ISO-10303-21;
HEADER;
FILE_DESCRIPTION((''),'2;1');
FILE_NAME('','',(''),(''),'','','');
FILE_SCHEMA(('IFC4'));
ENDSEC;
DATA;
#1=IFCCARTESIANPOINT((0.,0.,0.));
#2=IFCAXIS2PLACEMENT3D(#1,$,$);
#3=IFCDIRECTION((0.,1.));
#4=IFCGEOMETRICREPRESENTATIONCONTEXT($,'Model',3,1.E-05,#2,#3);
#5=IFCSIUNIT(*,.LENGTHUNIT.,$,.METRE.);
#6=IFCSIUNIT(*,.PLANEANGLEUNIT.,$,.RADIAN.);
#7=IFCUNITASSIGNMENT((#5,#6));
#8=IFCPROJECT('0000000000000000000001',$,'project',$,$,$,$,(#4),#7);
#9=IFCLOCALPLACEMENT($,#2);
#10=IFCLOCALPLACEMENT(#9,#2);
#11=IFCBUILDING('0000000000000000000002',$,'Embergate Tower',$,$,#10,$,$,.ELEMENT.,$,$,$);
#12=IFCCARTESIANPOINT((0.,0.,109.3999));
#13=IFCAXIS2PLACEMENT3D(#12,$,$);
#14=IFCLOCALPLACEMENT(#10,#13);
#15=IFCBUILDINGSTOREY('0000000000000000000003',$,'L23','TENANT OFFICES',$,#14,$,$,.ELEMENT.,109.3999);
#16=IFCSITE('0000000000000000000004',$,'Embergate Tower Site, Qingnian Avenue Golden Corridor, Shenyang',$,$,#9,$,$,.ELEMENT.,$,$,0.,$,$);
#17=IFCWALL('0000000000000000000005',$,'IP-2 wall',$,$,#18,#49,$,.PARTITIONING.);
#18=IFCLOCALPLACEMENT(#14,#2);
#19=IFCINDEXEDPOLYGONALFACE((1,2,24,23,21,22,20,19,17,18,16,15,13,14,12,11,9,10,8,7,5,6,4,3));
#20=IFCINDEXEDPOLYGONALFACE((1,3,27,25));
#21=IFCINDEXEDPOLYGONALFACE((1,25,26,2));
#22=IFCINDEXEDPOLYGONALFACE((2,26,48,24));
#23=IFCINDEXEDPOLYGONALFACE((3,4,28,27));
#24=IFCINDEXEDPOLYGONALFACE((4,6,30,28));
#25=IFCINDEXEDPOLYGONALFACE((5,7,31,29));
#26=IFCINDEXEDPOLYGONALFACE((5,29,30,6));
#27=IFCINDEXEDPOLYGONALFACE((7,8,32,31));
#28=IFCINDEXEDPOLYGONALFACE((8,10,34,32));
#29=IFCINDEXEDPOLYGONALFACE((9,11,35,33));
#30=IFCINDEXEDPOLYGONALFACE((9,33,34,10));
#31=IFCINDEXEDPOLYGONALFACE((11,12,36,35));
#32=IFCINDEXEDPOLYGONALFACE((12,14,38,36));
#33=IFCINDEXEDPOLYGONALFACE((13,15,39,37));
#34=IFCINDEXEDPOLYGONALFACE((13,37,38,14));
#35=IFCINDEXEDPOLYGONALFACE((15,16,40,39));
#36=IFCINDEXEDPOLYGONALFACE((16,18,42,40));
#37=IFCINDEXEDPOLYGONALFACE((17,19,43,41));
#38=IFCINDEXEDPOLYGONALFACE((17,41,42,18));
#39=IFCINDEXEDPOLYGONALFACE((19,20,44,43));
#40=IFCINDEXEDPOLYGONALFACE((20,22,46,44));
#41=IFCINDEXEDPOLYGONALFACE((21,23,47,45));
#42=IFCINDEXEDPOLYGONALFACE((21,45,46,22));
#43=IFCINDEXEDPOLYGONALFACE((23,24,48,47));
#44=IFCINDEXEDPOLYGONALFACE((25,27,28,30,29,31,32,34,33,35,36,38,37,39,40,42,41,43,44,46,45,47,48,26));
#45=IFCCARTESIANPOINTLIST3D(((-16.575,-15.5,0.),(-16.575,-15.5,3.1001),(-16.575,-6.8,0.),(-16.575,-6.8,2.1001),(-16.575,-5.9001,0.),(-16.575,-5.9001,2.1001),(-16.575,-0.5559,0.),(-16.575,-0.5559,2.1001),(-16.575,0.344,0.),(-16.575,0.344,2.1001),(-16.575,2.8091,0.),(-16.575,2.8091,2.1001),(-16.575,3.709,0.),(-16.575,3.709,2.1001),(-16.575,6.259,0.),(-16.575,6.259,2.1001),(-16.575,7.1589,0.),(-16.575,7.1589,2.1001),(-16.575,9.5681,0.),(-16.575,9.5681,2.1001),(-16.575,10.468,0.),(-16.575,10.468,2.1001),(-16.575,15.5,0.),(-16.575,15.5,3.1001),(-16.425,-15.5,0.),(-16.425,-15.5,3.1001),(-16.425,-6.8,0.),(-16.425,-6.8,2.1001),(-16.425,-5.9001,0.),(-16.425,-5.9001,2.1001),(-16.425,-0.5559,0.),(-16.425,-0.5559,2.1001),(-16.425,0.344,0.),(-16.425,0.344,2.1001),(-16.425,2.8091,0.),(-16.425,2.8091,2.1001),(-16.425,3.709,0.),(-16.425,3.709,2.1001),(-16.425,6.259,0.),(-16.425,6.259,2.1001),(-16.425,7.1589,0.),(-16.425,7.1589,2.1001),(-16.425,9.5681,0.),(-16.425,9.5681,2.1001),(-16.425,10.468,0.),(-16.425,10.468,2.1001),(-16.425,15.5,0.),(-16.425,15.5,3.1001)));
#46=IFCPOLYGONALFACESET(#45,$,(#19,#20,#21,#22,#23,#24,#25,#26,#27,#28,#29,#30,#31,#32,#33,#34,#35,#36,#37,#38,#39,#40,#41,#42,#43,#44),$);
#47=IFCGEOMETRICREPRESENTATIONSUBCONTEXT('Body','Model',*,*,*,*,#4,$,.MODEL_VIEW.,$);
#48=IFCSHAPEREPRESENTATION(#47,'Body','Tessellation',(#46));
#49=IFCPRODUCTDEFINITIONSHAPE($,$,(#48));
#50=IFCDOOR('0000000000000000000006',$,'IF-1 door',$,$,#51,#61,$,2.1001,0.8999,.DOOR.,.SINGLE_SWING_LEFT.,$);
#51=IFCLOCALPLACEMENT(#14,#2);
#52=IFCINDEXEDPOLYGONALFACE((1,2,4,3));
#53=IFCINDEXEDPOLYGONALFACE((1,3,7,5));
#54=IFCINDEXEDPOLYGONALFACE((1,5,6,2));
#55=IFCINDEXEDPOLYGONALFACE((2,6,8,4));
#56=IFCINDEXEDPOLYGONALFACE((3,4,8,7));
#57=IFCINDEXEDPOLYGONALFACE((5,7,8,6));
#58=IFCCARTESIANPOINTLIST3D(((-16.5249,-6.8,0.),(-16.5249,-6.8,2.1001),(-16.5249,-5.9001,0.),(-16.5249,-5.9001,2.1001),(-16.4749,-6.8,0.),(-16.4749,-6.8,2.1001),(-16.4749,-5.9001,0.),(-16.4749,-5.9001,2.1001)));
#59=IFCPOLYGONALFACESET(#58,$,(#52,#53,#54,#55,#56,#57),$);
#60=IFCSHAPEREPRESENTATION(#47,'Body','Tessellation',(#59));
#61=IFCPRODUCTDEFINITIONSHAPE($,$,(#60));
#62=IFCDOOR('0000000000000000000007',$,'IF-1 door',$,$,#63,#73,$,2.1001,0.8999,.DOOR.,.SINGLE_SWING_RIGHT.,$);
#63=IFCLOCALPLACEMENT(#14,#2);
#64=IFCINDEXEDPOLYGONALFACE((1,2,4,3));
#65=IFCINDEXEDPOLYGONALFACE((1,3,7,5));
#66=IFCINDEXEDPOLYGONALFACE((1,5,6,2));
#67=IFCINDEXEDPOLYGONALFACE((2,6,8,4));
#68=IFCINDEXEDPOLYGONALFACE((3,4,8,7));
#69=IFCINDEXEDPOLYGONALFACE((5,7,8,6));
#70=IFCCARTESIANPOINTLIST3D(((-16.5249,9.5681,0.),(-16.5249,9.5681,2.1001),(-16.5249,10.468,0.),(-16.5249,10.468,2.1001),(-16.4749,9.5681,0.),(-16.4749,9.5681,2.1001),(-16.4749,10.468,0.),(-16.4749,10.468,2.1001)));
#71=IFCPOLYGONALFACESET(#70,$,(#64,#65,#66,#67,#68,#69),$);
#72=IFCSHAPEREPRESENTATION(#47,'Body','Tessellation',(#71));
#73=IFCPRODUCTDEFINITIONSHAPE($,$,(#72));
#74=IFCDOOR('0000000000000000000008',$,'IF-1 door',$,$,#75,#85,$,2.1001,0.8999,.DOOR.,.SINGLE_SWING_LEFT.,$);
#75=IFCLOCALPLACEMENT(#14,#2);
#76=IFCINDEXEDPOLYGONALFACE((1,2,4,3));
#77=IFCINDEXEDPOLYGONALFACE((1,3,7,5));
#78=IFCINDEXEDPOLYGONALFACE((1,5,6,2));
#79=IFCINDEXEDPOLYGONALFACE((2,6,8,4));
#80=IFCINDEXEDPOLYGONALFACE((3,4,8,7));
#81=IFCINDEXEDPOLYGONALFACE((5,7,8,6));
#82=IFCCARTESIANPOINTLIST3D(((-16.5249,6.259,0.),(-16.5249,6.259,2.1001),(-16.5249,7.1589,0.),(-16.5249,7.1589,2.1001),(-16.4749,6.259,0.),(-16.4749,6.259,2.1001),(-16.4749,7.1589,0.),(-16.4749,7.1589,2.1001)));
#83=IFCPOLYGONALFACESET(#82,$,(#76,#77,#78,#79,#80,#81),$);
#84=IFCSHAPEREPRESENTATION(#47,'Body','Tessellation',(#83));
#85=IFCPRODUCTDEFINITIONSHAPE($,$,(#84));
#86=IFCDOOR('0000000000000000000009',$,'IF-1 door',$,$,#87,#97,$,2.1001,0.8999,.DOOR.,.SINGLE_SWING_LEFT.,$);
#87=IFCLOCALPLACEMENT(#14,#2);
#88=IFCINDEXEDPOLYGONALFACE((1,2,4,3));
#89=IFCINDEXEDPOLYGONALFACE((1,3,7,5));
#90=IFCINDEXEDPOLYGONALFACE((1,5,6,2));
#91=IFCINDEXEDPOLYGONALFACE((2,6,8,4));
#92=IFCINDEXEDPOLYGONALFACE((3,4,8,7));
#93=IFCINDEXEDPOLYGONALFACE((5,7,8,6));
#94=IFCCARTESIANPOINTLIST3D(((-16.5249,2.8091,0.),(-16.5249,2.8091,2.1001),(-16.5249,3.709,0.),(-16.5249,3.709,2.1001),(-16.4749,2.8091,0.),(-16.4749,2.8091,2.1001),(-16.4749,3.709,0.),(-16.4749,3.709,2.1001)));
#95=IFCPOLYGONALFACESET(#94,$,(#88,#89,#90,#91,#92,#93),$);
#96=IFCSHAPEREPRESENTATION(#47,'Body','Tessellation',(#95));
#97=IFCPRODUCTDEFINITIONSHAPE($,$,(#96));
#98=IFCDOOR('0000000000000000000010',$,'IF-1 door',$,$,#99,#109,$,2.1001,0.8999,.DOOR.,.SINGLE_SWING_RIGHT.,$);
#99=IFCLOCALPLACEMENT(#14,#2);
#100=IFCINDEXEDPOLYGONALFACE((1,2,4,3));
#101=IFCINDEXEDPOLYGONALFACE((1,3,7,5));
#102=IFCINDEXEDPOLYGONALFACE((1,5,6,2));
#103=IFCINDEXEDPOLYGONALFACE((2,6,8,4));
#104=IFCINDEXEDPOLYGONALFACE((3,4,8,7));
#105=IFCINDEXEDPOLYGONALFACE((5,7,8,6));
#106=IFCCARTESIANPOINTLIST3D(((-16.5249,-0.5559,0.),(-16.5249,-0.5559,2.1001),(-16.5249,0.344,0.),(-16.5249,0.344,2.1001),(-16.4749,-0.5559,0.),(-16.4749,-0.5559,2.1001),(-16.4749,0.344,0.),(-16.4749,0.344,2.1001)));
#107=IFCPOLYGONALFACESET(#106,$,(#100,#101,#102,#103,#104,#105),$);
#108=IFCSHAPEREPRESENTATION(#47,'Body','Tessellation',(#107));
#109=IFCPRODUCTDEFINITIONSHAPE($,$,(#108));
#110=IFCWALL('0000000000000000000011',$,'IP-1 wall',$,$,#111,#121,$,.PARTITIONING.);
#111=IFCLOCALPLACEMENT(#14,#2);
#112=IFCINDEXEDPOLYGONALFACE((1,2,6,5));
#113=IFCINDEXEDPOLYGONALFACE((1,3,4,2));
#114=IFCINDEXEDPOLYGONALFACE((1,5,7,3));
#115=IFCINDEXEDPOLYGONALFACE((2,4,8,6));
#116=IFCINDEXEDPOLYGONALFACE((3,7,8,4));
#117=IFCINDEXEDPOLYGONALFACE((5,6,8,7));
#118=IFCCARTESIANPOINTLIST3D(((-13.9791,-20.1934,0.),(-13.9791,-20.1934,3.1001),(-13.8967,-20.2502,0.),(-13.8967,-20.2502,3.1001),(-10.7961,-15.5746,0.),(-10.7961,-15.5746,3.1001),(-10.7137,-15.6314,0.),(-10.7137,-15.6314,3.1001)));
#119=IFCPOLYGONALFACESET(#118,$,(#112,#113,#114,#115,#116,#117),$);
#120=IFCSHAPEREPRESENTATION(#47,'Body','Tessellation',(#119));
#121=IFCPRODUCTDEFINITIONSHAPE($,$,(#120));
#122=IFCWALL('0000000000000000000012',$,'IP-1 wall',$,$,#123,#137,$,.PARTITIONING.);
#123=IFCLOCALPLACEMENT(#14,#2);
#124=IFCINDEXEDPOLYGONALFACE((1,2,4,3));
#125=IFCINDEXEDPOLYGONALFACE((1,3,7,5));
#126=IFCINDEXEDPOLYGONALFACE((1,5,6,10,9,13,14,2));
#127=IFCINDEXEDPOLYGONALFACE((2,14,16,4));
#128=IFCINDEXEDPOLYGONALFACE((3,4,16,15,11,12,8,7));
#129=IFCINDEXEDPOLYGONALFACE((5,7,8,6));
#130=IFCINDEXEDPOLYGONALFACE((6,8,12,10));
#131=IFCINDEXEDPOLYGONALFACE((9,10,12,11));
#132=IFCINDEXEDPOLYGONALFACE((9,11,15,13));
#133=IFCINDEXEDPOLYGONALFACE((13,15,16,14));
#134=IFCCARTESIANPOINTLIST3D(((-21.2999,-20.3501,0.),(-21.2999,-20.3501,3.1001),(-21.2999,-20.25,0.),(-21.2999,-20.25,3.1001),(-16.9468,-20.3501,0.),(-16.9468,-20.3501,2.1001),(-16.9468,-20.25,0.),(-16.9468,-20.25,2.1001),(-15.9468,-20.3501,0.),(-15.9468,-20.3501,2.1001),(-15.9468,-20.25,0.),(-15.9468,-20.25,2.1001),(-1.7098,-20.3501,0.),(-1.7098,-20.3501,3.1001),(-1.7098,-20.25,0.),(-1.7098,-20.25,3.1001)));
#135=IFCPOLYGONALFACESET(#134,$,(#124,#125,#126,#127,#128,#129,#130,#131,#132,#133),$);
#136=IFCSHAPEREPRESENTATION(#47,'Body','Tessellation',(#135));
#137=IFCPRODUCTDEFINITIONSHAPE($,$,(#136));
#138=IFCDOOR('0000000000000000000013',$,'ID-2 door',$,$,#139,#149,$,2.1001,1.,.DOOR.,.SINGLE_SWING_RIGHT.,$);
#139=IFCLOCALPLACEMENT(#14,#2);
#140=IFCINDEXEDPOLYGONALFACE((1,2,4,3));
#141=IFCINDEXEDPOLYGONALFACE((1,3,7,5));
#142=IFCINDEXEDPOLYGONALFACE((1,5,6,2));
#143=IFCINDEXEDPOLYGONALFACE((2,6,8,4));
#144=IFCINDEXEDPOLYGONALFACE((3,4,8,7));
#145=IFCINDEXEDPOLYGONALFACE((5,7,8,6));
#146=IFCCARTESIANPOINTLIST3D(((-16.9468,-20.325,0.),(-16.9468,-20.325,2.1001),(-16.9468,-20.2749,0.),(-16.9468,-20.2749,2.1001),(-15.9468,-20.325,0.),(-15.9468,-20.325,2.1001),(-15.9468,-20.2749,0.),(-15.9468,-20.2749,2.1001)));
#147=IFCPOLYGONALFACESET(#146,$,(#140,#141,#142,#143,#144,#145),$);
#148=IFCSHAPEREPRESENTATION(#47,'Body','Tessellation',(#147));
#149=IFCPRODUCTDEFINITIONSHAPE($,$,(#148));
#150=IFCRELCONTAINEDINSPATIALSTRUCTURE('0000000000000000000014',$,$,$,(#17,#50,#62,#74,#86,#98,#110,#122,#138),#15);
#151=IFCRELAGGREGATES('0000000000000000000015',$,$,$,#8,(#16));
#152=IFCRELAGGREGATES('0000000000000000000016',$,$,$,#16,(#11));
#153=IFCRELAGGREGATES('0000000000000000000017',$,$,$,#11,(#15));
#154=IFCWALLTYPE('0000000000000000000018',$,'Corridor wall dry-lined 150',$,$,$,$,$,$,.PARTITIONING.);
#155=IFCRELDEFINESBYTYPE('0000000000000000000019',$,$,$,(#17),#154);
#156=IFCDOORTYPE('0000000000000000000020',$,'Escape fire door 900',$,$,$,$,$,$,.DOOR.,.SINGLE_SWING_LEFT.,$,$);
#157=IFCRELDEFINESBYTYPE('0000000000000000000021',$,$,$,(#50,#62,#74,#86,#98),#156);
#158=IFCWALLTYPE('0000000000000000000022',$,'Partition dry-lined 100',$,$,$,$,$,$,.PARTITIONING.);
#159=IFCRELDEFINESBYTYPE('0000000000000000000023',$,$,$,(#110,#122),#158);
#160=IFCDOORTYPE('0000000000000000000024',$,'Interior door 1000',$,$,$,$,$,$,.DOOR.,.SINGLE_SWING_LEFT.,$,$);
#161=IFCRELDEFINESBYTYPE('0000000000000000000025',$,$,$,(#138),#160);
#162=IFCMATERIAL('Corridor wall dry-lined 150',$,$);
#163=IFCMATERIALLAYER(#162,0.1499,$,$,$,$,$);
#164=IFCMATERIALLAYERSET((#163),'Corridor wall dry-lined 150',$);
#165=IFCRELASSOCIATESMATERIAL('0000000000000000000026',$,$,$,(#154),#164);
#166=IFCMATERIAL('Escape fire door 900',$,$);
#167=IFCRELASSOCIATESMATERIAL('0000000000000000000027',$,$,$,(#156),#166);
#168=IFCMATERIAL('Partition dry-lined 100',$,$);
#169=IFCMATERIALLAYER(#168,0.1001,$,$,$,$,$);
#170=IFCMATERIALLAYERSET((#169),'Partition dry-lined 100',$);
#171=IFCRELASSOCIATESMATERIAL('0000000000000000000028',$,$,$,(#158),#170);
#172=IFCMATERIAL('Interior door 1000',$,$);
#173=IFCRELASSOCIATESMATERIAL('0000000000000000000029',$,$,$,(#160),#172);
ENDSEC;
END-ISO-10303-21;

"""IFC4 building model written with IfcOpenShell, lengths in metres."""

from ifc_helpers import new_model, si_unit, direction, frame, frame_2d, origin, place, context, subcontext, project, spatial, rectangle, extrude, source, transform, mapped, material, layer, layer_set, type_object, element, fill, save


model = new_model("IFC4")

# Units and contexts
model_context = context("Model", 3, precision=1e-05, world=origin(), true_north=direction((0.0, 1.0)))
body_context = subcontext(model_context, "Body", "Model", "MODEL_VIEW")
ifc_project = project(units=[si_unit("LENGTHUNIT", "METRE"), si_unit("PLANEANGLEUNIT", "RADIAN")], contexts=[model_context])

# Site, building, storey
site_placement = place(None, origin())
site = spatial("IfcSite", under=ifc_project, at=site_placement, Name="Embergate Tower Site, Qingnian Avenue Golden Corridor, Shenyang", CompositionType="ELEMENT", RefElevation=0.0)
building_placement = place(site_placement, origin())
building = spatial("IfcBuilding", under=site, at=building_placement, Name="Embergate Tower", CompositionType="ELEMENT")
storey_placement = place(building_placement, frame((0.0, 0.0, 109.3999)))
storey = spatial("IfcBuildingStorey", under=building, at=storey_placement, Name="L23", Description="TENANT OFFICES", CompositionType="ELEMENT", Elevation=109.3999)

# Wall, openings, doors
ifc_material_1 = material(Name="Corridor wall dry-lined 150")
ifc_layer_1 = layer(ifc_material_1, 0.1499)
ifc_layer_set_1 = layer_set([ifc_layer_1], Name="Corridor wall dry-lined 150")
wall_type_1 = type_object("IfcWallType", Name="Corridor wall dry-lined 150", PredefinedType="PARTITIONING", material=ifc_layer_set_1)
shared_shape_1 = source(origin(), body_context, "Body", "SweptSolid", [
    extrude(rectangle(XDim=31.0, YDim=0.1499, at=frame_2d((15.5, 0.0))), origin(), (0.0, 0.0, 1.0), 3.1001),
])
wall_1_placement = place(storey_placement, frame((-16.5, -15.5, 0.0), z_axis=(0.0, 0.0, 1.0), x_axis=(0.0, 1.0, 0.0)))
wall_1 = element("IfcWall", 1, at=wall_1_placement, inside=storey, type_object=wall_type_1, Name="IP-2 wall", PredefinedType="PARTITIONING", context=body_context, shape_type="MappedRepresentation", body=[
    mapped(shared_shape_1, transform((0.0, 0.0, 0.0))),
])
shared_shape_2 = source(origin(), body_context, "Body", "SweptSolid", [
    extrude(rectangle(XDim=0.8999, YDim=2.1001, at=frame_2d((0.45, 1.05))), frame((0.0, 0.085, 0.0), z_axis=(0.0, -1.0, 0.0), x_axis=(1.0, 0.0, 0.0)), (0.0, 0.0, 1.0), 0.1699),
])
opening_1_placement = place(wall_1_placement, frame((8.7, 0.0, 0.0)))
opening_1 = element("IfcOpeningElement", 2, at=opening_1_placement, cuts=wall_1, PredefinedType="OPENING", context=body_context, shape_type="MappedRepresentation", body=[
    mapped(shared_shape_2, transform((0.0, 0.0, 0.0))),
])
opening_2_placement = place(wall_1_placement, frame((25.0681, 0.0, 0.0)))
opening_2 = element("IfcOpeningElement", 3, at=opening_2_placement, cuts=wall_1, PredefinedType="OPENING", context=body_context, shape_type="MappedRepresentation", body=[
    mapped(shared_shape_2, transform((0.0, 0.0, 0.0))),
])
opening_3_placement = place(wall_1_placement, frame((21.759, 0.0, 0.0)))
opening_3 = element("IfcOpeningElement", 4, at=opening_3_placement, cuts=wall_1, PredefinedType="OPENING", context=body_context, shape_type="MappedRepresentation", body=[
    mapped(shared_shape_2, transform((0.0, 0.0, 0.0))),
])
opening_4_placement = place(wall_1_placement, frame((18.3091, 0.0, 0.0)))
opening_4 = element("IfcOpeningElement", 5, at=opening_4_placement, cuts=wall_1, PredefinedType="OPENING", context=body_context, shape_type="MappedRepresentation", body=[
    mapped(shared_shape_2, transform((0.0, 0.0, 0.0))),
])
opening_5_placement = place(wall_1_placement, frame((14.9441, 0.0, 0.0)))
opening_5 = element("IfcOpeningElement", 6, at=opening_5_placement, cuts=wall_1, PredefinedType="OPENING", context=body_context, shape_type="MappedRepresentation", body=[
    mapped(shared_shape_2, transform((0.0, 0.0, 0.0))),
])
ifc_material_2 = material(Name="Escape fire door 900")
door_type_1 = type_object("IfcDoorType", Name="Escape fire door 900", OperationType="SINGLE_SWING_LEFT", PredefinedType="DOOR", material=ifc_material_2)
shared_shape_3 = source(origin(), body_context, "Body", "SweptSolid", [
    extrude(rectangle(XDim=0.8999, YDim=2.1001, at=frame_2d((0.45, 1.05))), frame((0.0, 0.0249, 0.0), z_axis=(0.0, -1.0, 0.0), x_axis=(1.0, 0.0, 0.0)), (0.0, 0.0, 1.0), 0.05),
])
door_1_placement = place(opening_1_placement, origin())
door_1 = element("IfcDoor", 7, at=door_1_placement, inside=storey, type_object=door_type_1, Name="IF-1 door", OperationType="SINGLE_SWING_LEFT", OverallHeight=2.1001, OverallWidth=0.8999, PredefinedType="DOOR", context=body_context, shape_type="MappedRepresentation", body=[
    mapped(shared_shape_3, transform((0.0, 0.0, 0.0))),
])
fill(opening_1, door_1)
door_2_placement = place(opening_2_placement, origin())
door_2 = element("IfcDoor", 8, at=door_2_placement, inside=storey, type_object=door_type_1, Name="IF-1 door", OperationType="SINGLE_SWING_RIGHT", OverallHeight=2.1001, OverallWidth=0.8999, PredefinedType="DOOR", context=body_context, shape_type="MappedRepresentation", body=[
    mapped(shared_shape_3, transform((0.0, 0.0, 0.0))),
])
fill(opening_2, door_2)
door_3_placement = place(opening_3_placement, origin())
door_3 = element("IfcDoor", 9, at=door_3_placement, inside=storey, type_object=door_type_1, Name="IF-1 door", OperationType="SINGLE_SWING_LEFT", OverallHeight=2.1001, OverallWidth=0.8999, PredefinedType="DOOR", context=body_context, shape_type="MappedRepresentation", body=[
    mapped(shared_shape_3, transform((0.0, 0.0, 0.0))),
])
fill(opening_3, door_3)
door_4_placement = place(opening_4_placement, origin())
door_4 = element("IfcDoor", 10, at=door_4_placement, inside=storey, type_object=door_type_1, Name="IF-1 door", OperationType="SINGLE_SWING_LEFT", OverallHeight=2.1001, OverallWidth=0.8999, PredefinedType="DOOR", context=body_context, shape_type="MappedRepresentation", body=[
    mapped(shared_shape_3, transform((0.0, 0.0, 0.0))),
])
fill(opening_4, door_4)
door_5_placement = place(opening_5_placement, origin())
door_5 = element("IfcDoor", 11, at=door_5_placement, inside=storey, type_object=door_type_1, Name="IF-1 door", OperationType="SINGLE_SWING_RIGHT", OverallHeight=2.1001, OverallWidth=0.8999, PredefinedType="DOOR", context=body_context, shape_type="MappedRepresentation", body=[
    mapped(shared_shape_3, transform((0.0, 0.0, 0.0))),
])
fill(opening_5, door_5)

# Wall
ifc_material_3 = material(Name="Partition dry-lined 100")
ifc_layer_2 = layer(ifc_material_3, 0.1001)
ifc_layer_set_2 = layer_set([ifc_layer_2], Name="Partition dry-lined 100")
wall_type_2 = type_object("IfcWallType", Name="Partition dry-lined 100", PredefinedType="PARTITIONING", material=ifc_layer_set_2)
shared_shape_4 = source(origin(), body_context, "Body", "SweptSolid", [
    extrude(rectangle(XDim=5.6094, YDim=0.1001, at=frame_2d((2.8047, 0.0))), origin(), (0.0, 0.0, 1.0), 3.1001),
])
wall_2_placement = place(storey_placement, frame((-10.7549, -15.603, 0.0), z_axis=(0.0, 0.0, 1.0), x_axis=(-0.56745, -0.823408, 0.0)))
element("IfcWall", 12, at=wall_2_placement, inside=storey, type_object=wall_type_2, Name="IP-1 wall", PredefinedType="PARTITIONING", context=body_context, shape_type="MappedRepresentation", body=[
    mapped(shared_shape_4, transform((0.0, 0.0, 0.0))),
])

# Wall, opening, door
shared_shape_5 = source(origin(), body_context, "Body", "SweptSolid", [
    extrude(rectangle(XDim=19.5901, YDim=0.1001, at=frame_2d((9.7949, 0.0))), origin(), (0.0, 0.0, 1.0), 3.1001),
])
wall_3_placement = place(storey_placement, frame((-1.71, -20.3, 0.0), z_axis=(0.0, 0.0, 1.0), x_axis=(-1.0, 0.0, 0.0)))
wall_3 = element("IfcWall", 13, at=wall_3_placement, inside=storey, type_object=wall_type_2, Name="IP-1 wall", PredefinedType="PARTITIONING", context=body_context, shape_type="MappedRepresentation", body=[
    mapped(shared_shape_5, transform((0.0, 0.0, 0.0))),
])
shared_shape_6 = source(origin(), body_context, "Body", "SweptSolid", [
    extrude(rectangle(XDim=1.0, YDim=2.1001, at=frame_2d((0.5, 1.05))), frame((0.0, 0.0601, 0.0), z_axis=(0.0, -1.0, 0.0), x_axis=(1.0, 0.0, 0.0)), (0.0, 0.0, 1.0), 0.1201),
])
opening_6_placement = place(wall_3_placement, frame((14.2368, 0.0, 0.0)))
opening_6 = element("IfcOpeningElement", 14, at=opening_6_placement, cuts=wall_3, PredefinedType="OPENING", context=body_context, shape_type="MappedRepresentation", body=[
    mapped(shared_shape_6, transform((0.0, 0.0, 0.0))),
])
ifc_material_4 = material(Name="Interior door 1000")
door_type_2 = type_object("IfcDoorType", Name="Interior door 1000", OperationType="SINGLE_SWING_LEFT", PredefinedType="DOOR", material=ifc_material_4)
shared_shape_7 = source(origin(), body_context, "Body", "SweptSolid", [
    extrude(rectangle(XDim=1.0, YDim=2.1001, at=frame_2d((0.5, 1.05))), frame((0.0, 0.0249, 0.0), z_axis=(0.0, -1.0, 0.0), x_axis=(1.0, 0.0, 0.0)), (0.0, 0.0, 1.0), 0.05),
])
door_6_placement = place(opening_6_placement, origin())
door_6 = element("IfcDoor", 15, at=door_6_placement, inside=storey, type_object=door_type_2, Name="ID-2 door", OperationType="SINGLE_SWING_RIGHT", OverallHeight=2.1001, OverallWidth=1.0, PredefinedType="DOOR", context=body_context, shape_type="MappedRepresentation", body=[
    mapped(shared_shape_7, transform((0.0, 0.0, 0.0))),
])
fill(opening_6, door_6)

save(model, "model.ifc")
